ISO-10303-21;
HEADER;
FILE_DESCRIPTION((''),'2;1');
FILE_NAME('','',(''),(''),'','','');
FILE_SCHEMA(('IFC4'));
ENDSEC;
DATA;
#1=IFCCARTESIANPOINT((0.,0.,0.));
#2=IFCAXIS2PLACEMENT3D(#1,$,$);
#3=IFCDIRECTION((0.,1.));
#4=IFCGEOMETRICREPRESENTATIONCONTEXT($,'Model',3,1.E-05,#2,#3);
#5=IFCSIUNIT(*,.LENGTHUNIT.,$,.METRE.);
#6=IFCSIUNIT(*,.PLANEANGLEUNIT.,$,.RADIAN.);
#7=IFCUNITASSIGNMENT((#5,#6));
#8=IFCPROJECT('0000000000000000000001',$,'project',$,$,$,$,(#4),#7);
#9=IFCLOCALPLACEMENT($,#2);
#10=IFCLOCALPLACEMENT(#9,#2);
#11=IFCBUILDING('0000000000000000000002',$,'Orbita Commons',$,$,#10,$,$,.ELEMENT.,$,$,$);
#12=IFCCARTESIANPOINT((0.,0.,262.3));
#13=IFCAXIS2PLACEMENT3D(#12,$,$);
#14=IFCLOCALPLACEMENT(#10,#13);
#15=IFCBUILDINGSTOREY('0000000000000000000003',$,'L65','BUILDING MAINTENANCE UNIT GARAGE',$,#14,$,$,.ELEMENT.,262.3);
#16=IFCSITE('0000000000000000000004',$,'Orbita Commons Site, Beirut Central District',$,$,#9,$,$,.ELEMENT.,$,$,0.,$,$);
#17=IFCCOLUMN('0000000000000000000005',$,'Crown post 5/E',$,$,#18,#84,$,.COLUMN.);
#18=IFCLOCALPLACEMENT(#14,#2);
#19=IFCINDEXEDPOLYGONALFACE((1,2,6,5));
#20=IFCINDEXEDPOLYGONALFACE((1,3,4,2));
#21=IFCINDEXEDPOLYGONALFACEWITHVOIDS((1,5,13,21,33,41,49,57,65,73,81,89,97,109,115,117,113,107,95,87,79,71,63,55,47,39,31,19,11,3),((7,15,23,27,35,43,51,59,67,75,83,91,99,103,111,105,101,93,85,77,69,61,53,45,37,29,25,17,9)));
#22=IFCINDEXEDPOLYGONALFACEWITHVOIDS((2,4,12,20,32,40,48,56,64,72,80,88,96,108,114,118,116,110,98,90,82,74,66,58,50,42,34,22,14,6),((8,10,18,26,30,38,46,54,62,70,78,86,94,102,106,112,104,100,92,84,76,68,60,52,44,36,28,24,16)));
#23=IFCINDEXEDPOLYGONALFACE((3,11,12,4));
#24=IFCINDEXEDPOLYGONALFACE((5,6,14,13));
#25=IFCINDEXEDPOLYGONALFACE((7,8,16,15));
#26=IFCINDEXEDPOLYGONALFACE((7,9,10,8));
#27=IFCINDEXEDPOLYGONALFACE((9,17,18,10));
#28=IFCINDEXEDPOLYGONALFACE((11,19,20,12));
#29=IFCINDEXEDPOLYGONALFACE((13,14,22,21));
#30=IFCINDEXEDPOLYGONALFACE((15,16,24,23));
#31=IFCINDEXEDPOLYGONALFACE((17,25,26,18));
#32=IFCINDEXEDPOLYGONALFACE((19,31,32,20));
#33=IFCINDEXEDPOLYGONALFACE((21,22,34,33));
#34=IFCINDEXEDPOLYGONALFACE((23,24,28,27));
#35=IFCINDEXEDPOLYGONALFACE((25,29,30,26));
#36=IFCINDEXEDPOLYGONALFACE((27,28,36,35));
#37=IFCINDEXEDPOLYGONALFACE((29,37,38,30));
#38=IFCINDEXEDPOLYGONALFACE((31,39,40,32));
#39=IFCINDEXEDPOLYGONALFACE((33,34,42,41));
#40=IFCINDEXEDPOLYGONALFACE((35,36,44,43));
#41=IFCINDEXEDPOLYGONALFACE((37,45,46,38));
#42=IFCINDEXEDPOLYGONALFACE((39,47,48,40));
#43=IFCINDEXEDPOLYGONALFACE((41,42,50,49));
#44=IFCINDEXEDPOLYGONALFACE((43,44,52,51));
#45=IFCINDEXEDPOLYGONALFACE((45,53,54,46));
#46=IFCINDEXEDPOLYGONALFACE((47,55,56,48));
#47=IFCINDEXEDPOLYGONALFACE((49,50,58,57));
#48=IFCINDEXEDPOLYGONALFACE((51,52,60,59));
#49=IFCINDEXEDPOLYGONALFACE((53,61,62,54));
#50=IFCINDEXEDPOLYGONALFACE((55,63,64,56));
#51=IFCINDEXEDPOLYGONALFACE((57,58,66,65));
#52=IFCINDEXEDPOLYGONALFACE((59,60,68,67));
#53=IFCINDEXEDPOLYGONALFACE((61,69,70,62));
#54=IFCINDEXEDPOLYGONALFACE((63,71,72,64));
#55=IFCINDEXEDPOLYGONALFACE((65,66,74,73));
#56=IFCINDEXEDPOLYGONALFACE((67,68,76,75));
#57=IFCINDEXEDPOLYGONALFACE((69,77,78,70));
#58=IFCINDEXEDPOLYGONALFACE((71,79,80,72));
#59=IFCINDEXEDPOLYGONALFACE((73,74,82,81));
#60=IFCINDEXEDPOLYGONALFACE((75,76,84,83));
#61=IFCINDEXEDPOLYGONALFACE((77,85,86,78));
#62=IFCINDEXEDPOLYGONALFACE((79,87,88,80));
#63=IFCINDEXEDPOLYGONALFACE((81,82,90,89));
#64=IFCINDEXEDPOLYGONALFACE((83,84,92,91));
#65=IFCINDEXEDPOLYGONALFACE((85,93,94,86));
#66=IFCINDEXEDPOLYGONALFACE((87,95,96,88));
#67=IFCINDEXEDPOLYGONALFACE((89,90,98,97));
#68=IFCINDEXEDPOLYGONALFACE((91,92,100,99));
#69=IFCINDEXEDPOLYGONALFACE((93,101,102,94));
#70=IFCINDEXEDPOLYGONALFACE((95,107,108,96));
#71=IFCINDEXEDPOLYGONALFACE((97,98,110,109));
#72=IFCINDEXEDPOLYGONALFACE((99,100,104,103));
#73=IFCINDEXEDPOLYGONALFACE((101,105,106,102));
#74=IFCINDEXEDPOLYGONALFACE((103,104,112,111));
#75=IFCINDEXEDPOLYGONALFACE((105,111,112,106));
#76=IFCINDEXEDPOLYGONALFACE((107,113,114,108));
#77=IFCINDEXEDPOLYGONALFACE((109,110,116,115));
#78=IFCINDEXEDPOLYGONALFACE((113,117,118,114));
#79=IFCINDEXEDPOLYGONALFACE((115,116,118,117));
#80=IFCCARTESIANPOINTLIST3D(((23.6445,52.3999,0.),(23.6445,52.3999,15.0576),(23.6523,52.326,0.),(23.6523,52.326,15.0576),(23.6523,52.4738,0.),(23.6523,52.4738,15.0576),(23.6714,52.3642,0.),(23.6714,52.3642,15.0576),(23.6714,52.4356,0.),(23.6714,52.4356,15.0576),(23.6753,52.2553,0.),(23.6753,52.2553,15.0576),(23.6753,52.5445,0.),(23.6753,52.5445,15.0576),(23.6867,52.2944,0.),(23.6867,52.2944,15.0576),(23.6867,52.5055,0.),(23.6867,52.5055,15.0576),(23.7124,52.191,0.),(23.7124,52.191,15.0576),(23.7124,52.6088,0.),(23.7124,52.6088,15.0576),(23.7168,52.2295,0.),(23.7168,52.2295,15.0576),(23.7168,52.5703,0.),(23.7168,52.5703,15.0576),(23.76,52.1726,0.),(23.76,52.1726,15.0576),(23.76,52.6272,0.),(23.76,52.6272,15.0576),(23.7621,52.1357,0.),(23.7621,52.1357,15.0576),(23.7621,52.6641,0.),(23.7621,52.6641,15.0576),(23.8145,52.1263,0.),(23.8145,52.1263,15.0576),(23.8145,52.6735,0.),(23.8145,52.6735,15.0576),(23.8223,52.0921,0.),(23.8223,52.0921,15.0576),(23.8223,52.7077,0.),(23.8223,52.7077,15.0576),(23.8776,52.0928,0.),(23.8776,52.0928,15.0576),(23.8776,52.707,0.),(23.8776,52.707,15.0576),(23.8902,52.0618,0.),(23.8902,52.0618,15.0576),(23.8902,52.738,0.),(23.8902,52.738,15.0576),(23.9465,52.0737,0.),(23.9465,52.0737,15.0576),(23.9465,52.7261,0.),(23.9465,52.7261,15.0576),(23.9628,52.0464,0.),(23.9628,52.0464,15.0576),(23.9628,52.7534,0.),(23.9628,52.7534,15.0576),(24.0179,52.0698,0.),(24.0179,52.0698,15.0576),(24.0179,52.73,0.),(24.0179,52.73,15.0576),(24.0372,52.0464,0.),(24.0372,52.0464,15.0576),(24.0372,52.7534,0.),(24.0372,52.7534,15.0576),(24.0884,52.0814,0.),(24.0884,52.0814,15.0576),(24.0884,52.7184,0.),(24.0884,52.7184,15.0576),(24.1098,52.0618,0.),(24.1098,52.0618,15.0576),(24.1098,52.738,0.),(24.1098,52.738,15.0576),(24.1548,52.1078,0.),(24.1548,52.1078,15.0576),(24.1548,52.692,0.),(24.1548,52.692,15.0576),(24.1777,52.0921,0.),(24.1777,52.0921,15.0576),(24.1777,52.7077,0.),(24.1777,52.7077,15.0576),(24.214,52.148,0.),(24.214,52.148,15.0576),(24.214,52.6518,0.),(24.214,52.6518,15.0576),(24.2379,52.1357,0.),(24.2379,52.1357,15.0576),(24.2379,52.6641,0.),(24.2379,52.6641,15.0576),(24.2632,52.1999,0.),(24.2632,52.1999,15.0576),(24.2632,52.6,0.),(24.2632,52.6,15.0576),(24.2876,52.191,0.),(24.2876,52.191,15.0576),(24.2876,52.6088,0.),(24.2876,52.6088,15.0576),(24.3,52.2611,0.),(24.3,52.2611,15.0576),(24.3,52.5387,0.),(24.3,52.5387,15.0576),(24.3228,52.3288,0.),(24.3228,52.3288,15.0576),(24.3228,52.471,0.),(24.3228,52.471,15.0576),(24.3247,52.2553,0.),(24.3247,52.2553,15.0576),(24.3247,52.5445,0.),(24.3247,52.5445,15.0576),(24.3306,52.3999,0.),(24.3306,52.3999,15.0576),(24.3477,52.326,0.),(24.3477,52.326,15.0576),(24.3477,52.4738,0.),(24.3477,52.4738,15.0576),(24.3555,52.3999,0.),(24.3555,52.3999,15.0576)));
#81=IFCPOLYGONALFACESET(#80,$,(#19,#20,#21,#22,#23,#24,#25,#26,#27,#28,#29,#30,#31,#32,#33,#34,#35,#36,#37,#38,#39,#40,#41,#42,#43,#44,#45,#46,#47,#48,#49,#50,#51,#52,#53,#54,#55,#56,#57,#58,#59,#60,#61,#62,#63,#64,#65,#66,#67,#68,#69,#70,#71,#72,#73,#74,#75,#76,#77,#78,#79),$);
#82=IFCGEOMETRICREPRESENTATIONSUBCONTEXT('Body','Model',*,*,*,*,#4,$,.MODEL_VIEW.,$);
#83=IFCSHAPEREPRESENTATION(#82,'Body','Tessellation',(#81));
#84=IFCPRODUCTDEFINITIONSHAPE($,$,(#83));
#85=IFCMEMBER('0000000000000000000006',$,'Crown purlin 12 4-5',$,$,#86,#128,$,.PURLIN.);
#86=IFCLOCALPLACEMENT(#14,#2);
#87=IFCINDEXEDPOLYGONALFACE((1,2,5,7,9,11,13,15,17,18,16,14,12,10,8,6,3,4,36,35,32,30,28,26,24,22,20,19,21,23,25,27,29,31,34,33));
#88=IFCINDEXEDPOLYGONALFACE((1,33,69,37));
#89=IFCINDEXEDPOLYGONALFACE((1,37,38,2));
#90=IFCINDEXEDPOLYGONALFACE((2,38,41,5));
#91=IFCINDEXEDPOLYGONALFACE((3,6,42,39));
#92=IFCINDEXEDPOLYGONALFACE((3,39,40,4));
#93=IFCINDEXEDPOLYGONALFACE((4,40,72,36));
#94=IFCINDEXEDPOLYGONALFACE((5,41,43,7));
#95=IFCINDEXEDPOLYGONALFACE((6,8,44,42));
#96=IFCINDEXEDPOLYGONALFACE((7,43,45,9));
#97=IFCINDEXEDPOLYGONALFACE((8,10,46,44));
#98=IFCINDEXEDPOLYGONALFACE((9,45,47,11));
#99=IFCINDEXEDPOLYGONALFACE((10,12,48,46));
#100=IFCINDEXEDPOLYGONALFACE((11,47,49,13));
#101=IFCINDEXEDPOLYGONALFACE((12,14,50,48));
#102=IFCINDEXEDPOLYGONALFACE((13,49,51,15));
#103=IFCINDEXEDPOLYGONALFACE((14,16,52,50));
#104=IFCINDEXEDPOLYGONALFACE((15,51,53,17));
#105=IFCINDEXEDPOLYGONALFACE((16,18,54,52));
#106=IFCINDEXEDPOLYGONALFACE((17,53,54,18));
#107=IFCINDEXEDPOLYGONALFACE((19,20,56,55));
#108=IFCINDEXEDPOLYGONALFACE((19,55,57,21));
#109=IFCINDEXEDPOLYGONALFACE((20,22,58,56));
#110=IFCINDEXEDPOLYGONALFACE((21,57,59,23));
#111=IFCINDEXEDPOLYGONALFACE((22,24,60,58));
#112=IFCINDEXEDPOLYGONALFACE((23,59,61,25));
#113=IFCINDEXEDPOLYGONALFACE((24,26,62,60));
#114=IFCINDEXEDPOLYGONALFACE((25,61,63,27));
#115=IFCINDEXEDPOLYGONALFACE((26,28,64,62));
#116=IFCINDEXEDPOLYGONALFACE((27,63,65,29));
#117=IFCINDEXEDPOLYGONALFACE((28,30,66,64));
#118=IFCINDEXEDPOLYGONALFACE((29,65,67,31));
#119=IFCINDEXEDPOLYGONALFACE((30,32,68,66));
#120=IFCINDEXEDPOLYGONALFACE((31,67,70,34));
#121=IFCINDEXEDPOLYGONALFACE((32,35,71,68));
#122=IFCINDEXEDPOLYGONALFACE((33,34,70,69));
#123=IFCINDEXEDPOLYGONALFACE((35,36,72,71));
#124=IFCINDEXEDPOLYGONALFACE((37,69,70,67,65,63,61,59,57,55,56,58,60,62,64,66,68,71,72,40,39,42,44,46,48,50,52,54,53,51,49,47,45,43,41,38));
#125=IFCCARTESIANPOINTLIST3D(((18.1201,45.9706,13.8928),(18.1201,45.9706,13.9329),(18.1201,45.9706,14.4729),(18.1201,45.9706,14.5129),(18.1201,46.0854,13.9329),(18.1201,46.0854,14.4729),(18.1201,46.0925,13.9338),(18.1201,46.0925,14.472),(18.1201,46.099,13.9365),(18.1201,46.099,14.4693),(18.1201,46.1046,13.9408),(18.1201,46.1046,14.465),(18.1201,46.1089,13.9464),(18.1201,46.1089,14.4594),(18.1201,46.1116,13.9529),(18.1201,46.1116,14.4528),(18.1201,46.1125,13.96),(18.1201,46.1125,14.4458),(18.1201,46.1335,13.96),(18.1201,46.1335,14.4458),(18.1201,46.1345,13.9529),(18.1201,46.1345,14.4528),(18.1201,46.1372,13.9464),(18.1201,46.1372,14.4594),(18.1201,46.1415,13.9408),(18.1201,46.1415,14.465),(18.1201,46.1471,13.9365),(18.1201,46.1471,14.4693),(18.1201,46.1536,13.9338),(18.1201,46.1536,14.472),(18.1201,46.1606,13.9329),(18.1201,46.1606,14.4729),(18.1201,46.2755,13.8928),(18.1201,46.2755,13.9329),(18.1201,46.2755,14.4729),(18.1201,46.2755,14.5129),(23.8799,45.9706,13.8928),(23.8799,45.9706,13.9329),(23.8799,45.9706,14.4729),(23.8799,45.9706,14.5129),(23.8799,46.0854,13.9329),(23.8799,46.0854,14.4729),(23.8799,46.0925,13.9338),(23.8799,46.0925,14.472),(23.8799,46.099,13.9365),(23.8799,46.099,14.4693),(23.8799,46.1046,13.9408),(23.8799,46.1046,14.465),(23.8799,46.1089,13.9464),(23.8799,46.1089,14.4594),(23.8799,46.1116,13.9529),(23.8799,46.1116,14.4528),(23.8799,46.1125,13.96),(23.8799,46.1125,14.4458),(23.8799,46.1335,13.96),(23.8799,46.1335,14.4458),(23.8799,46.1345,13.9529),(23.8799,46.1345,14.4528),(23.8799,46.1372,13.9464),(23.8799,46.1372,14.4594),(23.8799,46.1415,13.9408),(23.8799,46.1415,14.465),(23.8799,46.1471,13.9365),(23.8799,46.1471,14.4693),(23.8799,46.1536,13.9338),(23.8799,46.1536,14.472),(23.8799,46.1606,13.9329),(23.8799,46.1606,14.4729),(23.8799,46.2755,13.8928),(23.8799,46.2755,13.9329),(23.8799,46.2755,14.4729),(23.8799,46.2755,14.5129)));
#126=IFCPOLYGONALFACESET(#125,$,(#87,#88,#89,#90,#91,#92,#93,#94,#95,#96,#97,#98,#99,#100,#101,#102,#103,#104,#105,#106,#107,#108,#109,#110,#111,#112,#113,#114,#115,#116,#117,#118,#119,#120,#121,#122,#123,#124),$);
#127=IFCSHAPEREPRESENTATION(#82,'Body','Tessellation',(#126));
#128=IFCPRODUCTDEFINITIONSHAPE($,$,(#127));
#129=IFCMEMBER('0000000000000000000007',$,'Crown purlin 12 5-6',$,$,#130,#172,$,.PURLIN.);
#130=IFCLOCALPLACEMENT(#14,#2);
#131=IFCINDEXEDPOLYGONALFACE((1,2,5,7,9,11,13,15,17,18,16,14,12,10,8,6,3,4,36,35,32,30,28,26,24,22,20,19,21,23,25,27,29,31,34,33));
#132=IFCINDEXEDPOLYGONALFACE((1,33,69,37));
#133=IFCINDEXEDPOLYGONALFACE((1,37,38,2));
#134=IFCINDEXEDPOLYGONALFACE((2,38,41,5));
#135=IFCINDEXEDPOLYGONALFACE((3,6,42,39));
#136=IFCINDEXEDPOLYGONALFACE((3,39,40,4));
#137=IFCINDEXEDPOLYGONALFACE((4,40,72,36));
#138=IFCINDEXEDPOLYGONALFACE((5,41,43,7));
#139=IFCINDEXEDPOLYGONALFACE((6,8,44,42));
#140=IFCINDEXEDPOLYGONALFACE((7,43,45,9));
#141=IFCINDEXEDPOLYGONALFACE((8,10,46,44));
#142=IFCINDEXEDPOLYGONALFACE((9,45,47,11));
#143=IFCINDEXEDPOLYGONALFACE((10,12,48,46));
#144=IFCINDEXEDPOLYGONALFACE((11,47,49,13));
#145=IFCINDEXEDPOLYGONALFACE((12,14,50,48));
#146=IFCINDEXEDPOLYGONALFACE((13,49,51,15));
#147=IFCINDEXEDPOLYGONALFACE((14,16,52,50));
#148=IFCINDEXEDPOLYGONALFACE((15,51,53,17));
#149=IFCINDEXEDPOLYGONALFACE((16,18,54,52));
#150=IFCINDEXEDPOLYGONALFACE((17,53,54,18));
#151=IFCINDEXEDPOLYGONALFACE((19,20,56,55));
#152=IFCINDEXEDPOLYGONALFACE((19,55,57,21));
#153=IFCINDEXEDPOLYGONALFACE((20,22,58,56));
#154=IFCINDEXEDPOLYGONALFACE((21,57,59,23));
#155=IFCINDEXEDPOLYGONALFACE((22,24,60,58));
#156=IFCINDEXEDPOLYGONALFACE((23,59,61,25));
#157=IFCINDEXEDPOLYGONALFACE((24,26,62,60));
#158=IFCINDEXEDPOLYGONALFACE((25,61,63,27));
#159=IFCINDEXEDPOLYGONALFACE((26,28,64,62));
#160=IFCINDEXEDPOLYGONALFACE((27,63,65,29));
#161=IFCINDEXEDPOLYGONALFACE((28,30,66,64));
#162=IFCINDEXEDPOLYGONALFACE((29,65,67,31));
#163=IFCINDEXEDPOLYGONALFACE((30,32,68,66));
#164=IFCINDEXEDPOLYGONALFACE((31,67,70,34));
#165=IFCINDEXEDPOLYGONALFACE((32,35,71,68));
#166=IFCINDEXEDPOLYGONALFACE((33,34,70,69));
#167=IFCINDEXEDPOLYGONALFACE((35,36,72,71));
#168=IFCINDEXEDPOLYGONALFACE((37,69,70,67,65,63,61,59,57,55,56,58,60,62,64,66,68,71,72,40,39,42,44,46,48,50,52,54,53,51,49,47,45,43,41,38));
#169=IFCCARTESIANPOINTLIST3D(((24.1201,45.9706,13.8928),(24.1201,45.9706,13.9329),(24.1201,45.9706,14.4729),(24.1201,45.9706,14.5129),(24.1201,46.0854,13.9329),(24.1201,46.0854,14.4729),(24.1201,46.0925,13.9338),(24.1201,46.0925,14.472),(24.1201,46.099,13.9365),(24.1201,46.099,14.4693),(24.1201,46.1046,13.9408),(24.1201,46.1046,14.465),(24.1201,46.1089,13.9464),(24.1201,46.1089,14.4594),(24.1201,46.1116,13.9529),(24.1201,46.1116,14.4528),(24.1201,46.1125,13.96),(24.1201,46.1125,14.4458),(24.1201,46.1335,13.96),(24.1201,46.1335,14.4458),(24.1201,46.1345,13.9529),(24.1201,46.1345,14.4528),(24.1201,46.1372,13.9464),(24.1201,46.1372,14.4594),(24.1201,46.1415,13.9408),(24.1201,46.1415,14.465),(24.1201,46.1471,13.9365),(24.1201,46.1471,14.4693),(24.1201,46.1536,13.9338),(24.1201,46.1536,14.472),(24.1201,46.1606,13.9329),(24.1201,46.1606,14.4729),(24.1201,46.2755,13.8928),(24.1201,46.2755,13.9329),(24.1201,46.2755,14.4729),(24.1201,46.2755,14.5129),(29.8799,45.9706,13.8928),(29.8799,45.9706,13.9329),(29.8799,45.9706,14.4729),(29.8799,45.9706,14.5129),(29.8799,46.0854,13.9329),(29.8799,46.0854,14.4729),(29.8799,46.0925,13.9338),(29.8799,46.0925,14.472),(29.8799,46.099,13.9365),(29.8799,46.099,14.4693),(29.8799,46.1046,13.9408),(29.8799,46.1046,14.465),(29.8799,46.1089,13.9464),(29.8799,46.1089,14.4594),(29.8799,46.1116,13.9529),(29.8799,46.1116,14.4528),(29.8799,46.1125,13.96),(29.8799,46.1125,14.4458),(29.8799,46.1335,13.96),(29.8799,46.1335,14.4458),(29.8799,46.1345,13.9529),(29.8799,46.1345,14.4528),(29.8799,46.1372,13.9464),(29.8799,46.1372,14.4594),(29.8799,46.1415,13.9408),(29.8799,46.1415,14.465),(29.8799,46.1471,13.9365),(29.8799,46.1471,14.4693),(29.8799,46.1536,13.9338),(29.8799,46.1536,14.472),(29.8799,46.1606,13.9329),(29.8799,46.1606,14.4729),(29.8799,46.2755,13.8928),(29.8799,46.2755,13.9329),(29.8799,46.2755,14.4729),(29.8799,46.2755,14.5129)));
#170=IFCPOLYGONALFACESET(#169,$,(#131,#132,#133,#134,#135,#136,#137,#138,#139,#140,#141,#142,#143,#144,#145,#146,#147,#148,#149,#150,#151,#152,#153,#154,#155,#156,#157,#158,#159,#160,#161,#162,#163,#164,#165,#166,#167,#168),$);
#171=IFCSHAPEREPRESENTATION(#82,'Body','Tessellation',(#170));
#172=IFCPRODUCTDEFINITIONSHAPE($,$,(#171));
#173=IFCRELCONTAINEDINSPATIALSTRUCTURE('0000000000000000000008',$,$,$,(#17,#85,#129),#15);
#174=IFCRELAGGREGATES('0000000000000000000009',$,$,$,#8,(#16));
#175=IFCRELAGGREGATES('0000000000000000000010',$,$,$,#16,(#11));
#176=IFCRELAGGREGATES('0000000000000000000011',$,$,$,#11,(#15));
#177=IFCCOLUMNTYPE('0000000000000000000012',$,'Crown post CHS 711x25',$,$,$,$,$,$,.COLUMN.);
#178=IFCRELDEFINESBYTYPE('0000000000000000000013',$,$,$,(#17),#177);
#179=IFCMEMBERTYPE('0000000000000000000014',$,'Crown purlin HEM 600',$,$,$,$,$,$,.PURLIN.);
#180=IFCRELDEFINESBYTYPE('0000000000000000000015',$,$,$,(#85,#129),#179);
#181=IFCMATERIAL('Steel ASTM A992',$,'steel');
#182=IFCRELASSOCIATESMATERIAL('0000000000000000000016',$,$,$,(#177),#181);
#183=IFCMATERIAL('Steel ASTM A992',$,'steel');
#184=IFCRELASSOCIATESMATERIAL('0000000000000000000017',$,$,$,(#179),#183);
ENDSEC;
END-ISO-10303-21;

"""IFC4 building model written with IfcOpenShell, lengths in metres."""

from ifc_helpers import new_model, si_unit, direction, frame, origin, origin_2d, place, context, subcontext, project, spatial, hollow_circle, i_section, extrude, material, material_profile, profile_set, type_object, element, save


model = new_model("IFC4")

# Units and contexts
model_context = context("Model", 3, precision=1e-05, world=origin(), true_north=direction((0.0, 1.0)))
body_context = subcontext(model_context, "Body", "Model", "MODEL_VIEW")
ifc_project = project(units=[si_unit("LENGTHUNIT", "METRE"), si_unit("PLANEANGLEUNIT", "RADIAN")], contexts=[model_context])

# Site, building, storey
site_placement = place(None, origin())
site = spatial("IfcSite", under=ifc_project, at=site_placement, Name="Orbita Commons Site, Beirut Central District", CompositionType="ELEMENT", RefElevation=0.0)
building_placement = place(site_placement, origin())
building = spatial("IfcBuilding", under=site, at=building_placement, Name="Orbita Commons", CompositionType="ELEMENT")
storey_placement = place(building_placement, frame((0.0, 0.0, 262.3)))
storey = spatial("IfcBuildingStorey", under=building, at=storey_placement, Name="L65", Description="BUILDING MAINTENANCE UNIT GARAGE", CompositionType="ELEMENT", Elevation=262.3)

# Column
ifc_material_1 = material(Name="Steel ASTM A992", Category="steel")
ifc_material_profile_1 = material_profile(ifc_material_1, hollow_circle(Radius=0.3555, WallThickness=0.0249, at=origin_2d()), Name="CHS 711x25")
ifc_profile_set_1 = profile_set([ifc_material_profile_1], Name="Steel ASTM A992")
column_type = type_object("IfcColumnType", Name="Crown post CHS 711x25", PredefinedType="COLUMN", material=ifc_profile_set_1)
for number, where, z_axis, x_axis, name in (
    (1, (24.0, 52.3999, 0.0), (0.0, 0.0, 1.0), (1.0, 0.0, 0.0), "Crown post 5/E"),
):
    element("IfcColumn", number, at=place(storey_placement, frame(where, z_axis=z_axis, x_axis=x_axis)), inside=storey, type_object=column_type, Name=name, PredefinedType="COLUMN", context=body_context, shape_type="SweptSolid", body=[
        extrude(hollow_circle(Radius=0.3555, WallThickness=0.0249, at=origin_2d()), origin(), (0.0, 0.0, 1.0), 15.0576),
    ])

# Members
ifc_material_2 = material(Name="Steel ASTM A992", Category="steel")
ifc_material_profile_2 = material_profile(ifc_material_2, i_section(OverallWidth=0.3049, OverallDepth=0.6201, WebThickness=0.021, FlangeThickness=0.04, FilletRadius=0.0271, at=origin_2d()), Name="HEM 600")
ifc_profile_set_2 = profile_set([ifc_material_profile_2], Name="Steel ASTM A992")
member_type_1 = type_object("IfcMemberType", Name="Crown purlin HEM 600", PredefinedType="PURLIN", material=ifc_profile_set_2)
for number, where, z_axis, x_axis, name in (
    (2, (18.1201, 46.123, 14.2029), (1.0, 0.0, 0.0), (0.0, 1.0, 0.0), "Crown purlin 12 4-5"),
    (3, (24.1201, 46.123, 14.2029), (1.0, 0.0, 0.0), (0.0, 1.0, 0.0), "Crown purlin 12 5-6"),
):
    element("IfcMember", number, at=place(storey_placement, frame(where, z_axis=z_axis, x_axis=x_axis)), inside=storey, type_object=member_type_1, Name=name, PredefinedType="PURLIN", context=body_context, shape_type="SweptSolid", body=[
        extrude(i_section(OverallWidth=0.3049, OverallDepth=0.6201, WebThickness=0.021, FlangeThickness=0.04, FilletRadius=0.0271, at=origin_2d()), origin(), (0.0, 0.0, 1.0), 5.7598),
    ])

save(model, "model.ifc")
